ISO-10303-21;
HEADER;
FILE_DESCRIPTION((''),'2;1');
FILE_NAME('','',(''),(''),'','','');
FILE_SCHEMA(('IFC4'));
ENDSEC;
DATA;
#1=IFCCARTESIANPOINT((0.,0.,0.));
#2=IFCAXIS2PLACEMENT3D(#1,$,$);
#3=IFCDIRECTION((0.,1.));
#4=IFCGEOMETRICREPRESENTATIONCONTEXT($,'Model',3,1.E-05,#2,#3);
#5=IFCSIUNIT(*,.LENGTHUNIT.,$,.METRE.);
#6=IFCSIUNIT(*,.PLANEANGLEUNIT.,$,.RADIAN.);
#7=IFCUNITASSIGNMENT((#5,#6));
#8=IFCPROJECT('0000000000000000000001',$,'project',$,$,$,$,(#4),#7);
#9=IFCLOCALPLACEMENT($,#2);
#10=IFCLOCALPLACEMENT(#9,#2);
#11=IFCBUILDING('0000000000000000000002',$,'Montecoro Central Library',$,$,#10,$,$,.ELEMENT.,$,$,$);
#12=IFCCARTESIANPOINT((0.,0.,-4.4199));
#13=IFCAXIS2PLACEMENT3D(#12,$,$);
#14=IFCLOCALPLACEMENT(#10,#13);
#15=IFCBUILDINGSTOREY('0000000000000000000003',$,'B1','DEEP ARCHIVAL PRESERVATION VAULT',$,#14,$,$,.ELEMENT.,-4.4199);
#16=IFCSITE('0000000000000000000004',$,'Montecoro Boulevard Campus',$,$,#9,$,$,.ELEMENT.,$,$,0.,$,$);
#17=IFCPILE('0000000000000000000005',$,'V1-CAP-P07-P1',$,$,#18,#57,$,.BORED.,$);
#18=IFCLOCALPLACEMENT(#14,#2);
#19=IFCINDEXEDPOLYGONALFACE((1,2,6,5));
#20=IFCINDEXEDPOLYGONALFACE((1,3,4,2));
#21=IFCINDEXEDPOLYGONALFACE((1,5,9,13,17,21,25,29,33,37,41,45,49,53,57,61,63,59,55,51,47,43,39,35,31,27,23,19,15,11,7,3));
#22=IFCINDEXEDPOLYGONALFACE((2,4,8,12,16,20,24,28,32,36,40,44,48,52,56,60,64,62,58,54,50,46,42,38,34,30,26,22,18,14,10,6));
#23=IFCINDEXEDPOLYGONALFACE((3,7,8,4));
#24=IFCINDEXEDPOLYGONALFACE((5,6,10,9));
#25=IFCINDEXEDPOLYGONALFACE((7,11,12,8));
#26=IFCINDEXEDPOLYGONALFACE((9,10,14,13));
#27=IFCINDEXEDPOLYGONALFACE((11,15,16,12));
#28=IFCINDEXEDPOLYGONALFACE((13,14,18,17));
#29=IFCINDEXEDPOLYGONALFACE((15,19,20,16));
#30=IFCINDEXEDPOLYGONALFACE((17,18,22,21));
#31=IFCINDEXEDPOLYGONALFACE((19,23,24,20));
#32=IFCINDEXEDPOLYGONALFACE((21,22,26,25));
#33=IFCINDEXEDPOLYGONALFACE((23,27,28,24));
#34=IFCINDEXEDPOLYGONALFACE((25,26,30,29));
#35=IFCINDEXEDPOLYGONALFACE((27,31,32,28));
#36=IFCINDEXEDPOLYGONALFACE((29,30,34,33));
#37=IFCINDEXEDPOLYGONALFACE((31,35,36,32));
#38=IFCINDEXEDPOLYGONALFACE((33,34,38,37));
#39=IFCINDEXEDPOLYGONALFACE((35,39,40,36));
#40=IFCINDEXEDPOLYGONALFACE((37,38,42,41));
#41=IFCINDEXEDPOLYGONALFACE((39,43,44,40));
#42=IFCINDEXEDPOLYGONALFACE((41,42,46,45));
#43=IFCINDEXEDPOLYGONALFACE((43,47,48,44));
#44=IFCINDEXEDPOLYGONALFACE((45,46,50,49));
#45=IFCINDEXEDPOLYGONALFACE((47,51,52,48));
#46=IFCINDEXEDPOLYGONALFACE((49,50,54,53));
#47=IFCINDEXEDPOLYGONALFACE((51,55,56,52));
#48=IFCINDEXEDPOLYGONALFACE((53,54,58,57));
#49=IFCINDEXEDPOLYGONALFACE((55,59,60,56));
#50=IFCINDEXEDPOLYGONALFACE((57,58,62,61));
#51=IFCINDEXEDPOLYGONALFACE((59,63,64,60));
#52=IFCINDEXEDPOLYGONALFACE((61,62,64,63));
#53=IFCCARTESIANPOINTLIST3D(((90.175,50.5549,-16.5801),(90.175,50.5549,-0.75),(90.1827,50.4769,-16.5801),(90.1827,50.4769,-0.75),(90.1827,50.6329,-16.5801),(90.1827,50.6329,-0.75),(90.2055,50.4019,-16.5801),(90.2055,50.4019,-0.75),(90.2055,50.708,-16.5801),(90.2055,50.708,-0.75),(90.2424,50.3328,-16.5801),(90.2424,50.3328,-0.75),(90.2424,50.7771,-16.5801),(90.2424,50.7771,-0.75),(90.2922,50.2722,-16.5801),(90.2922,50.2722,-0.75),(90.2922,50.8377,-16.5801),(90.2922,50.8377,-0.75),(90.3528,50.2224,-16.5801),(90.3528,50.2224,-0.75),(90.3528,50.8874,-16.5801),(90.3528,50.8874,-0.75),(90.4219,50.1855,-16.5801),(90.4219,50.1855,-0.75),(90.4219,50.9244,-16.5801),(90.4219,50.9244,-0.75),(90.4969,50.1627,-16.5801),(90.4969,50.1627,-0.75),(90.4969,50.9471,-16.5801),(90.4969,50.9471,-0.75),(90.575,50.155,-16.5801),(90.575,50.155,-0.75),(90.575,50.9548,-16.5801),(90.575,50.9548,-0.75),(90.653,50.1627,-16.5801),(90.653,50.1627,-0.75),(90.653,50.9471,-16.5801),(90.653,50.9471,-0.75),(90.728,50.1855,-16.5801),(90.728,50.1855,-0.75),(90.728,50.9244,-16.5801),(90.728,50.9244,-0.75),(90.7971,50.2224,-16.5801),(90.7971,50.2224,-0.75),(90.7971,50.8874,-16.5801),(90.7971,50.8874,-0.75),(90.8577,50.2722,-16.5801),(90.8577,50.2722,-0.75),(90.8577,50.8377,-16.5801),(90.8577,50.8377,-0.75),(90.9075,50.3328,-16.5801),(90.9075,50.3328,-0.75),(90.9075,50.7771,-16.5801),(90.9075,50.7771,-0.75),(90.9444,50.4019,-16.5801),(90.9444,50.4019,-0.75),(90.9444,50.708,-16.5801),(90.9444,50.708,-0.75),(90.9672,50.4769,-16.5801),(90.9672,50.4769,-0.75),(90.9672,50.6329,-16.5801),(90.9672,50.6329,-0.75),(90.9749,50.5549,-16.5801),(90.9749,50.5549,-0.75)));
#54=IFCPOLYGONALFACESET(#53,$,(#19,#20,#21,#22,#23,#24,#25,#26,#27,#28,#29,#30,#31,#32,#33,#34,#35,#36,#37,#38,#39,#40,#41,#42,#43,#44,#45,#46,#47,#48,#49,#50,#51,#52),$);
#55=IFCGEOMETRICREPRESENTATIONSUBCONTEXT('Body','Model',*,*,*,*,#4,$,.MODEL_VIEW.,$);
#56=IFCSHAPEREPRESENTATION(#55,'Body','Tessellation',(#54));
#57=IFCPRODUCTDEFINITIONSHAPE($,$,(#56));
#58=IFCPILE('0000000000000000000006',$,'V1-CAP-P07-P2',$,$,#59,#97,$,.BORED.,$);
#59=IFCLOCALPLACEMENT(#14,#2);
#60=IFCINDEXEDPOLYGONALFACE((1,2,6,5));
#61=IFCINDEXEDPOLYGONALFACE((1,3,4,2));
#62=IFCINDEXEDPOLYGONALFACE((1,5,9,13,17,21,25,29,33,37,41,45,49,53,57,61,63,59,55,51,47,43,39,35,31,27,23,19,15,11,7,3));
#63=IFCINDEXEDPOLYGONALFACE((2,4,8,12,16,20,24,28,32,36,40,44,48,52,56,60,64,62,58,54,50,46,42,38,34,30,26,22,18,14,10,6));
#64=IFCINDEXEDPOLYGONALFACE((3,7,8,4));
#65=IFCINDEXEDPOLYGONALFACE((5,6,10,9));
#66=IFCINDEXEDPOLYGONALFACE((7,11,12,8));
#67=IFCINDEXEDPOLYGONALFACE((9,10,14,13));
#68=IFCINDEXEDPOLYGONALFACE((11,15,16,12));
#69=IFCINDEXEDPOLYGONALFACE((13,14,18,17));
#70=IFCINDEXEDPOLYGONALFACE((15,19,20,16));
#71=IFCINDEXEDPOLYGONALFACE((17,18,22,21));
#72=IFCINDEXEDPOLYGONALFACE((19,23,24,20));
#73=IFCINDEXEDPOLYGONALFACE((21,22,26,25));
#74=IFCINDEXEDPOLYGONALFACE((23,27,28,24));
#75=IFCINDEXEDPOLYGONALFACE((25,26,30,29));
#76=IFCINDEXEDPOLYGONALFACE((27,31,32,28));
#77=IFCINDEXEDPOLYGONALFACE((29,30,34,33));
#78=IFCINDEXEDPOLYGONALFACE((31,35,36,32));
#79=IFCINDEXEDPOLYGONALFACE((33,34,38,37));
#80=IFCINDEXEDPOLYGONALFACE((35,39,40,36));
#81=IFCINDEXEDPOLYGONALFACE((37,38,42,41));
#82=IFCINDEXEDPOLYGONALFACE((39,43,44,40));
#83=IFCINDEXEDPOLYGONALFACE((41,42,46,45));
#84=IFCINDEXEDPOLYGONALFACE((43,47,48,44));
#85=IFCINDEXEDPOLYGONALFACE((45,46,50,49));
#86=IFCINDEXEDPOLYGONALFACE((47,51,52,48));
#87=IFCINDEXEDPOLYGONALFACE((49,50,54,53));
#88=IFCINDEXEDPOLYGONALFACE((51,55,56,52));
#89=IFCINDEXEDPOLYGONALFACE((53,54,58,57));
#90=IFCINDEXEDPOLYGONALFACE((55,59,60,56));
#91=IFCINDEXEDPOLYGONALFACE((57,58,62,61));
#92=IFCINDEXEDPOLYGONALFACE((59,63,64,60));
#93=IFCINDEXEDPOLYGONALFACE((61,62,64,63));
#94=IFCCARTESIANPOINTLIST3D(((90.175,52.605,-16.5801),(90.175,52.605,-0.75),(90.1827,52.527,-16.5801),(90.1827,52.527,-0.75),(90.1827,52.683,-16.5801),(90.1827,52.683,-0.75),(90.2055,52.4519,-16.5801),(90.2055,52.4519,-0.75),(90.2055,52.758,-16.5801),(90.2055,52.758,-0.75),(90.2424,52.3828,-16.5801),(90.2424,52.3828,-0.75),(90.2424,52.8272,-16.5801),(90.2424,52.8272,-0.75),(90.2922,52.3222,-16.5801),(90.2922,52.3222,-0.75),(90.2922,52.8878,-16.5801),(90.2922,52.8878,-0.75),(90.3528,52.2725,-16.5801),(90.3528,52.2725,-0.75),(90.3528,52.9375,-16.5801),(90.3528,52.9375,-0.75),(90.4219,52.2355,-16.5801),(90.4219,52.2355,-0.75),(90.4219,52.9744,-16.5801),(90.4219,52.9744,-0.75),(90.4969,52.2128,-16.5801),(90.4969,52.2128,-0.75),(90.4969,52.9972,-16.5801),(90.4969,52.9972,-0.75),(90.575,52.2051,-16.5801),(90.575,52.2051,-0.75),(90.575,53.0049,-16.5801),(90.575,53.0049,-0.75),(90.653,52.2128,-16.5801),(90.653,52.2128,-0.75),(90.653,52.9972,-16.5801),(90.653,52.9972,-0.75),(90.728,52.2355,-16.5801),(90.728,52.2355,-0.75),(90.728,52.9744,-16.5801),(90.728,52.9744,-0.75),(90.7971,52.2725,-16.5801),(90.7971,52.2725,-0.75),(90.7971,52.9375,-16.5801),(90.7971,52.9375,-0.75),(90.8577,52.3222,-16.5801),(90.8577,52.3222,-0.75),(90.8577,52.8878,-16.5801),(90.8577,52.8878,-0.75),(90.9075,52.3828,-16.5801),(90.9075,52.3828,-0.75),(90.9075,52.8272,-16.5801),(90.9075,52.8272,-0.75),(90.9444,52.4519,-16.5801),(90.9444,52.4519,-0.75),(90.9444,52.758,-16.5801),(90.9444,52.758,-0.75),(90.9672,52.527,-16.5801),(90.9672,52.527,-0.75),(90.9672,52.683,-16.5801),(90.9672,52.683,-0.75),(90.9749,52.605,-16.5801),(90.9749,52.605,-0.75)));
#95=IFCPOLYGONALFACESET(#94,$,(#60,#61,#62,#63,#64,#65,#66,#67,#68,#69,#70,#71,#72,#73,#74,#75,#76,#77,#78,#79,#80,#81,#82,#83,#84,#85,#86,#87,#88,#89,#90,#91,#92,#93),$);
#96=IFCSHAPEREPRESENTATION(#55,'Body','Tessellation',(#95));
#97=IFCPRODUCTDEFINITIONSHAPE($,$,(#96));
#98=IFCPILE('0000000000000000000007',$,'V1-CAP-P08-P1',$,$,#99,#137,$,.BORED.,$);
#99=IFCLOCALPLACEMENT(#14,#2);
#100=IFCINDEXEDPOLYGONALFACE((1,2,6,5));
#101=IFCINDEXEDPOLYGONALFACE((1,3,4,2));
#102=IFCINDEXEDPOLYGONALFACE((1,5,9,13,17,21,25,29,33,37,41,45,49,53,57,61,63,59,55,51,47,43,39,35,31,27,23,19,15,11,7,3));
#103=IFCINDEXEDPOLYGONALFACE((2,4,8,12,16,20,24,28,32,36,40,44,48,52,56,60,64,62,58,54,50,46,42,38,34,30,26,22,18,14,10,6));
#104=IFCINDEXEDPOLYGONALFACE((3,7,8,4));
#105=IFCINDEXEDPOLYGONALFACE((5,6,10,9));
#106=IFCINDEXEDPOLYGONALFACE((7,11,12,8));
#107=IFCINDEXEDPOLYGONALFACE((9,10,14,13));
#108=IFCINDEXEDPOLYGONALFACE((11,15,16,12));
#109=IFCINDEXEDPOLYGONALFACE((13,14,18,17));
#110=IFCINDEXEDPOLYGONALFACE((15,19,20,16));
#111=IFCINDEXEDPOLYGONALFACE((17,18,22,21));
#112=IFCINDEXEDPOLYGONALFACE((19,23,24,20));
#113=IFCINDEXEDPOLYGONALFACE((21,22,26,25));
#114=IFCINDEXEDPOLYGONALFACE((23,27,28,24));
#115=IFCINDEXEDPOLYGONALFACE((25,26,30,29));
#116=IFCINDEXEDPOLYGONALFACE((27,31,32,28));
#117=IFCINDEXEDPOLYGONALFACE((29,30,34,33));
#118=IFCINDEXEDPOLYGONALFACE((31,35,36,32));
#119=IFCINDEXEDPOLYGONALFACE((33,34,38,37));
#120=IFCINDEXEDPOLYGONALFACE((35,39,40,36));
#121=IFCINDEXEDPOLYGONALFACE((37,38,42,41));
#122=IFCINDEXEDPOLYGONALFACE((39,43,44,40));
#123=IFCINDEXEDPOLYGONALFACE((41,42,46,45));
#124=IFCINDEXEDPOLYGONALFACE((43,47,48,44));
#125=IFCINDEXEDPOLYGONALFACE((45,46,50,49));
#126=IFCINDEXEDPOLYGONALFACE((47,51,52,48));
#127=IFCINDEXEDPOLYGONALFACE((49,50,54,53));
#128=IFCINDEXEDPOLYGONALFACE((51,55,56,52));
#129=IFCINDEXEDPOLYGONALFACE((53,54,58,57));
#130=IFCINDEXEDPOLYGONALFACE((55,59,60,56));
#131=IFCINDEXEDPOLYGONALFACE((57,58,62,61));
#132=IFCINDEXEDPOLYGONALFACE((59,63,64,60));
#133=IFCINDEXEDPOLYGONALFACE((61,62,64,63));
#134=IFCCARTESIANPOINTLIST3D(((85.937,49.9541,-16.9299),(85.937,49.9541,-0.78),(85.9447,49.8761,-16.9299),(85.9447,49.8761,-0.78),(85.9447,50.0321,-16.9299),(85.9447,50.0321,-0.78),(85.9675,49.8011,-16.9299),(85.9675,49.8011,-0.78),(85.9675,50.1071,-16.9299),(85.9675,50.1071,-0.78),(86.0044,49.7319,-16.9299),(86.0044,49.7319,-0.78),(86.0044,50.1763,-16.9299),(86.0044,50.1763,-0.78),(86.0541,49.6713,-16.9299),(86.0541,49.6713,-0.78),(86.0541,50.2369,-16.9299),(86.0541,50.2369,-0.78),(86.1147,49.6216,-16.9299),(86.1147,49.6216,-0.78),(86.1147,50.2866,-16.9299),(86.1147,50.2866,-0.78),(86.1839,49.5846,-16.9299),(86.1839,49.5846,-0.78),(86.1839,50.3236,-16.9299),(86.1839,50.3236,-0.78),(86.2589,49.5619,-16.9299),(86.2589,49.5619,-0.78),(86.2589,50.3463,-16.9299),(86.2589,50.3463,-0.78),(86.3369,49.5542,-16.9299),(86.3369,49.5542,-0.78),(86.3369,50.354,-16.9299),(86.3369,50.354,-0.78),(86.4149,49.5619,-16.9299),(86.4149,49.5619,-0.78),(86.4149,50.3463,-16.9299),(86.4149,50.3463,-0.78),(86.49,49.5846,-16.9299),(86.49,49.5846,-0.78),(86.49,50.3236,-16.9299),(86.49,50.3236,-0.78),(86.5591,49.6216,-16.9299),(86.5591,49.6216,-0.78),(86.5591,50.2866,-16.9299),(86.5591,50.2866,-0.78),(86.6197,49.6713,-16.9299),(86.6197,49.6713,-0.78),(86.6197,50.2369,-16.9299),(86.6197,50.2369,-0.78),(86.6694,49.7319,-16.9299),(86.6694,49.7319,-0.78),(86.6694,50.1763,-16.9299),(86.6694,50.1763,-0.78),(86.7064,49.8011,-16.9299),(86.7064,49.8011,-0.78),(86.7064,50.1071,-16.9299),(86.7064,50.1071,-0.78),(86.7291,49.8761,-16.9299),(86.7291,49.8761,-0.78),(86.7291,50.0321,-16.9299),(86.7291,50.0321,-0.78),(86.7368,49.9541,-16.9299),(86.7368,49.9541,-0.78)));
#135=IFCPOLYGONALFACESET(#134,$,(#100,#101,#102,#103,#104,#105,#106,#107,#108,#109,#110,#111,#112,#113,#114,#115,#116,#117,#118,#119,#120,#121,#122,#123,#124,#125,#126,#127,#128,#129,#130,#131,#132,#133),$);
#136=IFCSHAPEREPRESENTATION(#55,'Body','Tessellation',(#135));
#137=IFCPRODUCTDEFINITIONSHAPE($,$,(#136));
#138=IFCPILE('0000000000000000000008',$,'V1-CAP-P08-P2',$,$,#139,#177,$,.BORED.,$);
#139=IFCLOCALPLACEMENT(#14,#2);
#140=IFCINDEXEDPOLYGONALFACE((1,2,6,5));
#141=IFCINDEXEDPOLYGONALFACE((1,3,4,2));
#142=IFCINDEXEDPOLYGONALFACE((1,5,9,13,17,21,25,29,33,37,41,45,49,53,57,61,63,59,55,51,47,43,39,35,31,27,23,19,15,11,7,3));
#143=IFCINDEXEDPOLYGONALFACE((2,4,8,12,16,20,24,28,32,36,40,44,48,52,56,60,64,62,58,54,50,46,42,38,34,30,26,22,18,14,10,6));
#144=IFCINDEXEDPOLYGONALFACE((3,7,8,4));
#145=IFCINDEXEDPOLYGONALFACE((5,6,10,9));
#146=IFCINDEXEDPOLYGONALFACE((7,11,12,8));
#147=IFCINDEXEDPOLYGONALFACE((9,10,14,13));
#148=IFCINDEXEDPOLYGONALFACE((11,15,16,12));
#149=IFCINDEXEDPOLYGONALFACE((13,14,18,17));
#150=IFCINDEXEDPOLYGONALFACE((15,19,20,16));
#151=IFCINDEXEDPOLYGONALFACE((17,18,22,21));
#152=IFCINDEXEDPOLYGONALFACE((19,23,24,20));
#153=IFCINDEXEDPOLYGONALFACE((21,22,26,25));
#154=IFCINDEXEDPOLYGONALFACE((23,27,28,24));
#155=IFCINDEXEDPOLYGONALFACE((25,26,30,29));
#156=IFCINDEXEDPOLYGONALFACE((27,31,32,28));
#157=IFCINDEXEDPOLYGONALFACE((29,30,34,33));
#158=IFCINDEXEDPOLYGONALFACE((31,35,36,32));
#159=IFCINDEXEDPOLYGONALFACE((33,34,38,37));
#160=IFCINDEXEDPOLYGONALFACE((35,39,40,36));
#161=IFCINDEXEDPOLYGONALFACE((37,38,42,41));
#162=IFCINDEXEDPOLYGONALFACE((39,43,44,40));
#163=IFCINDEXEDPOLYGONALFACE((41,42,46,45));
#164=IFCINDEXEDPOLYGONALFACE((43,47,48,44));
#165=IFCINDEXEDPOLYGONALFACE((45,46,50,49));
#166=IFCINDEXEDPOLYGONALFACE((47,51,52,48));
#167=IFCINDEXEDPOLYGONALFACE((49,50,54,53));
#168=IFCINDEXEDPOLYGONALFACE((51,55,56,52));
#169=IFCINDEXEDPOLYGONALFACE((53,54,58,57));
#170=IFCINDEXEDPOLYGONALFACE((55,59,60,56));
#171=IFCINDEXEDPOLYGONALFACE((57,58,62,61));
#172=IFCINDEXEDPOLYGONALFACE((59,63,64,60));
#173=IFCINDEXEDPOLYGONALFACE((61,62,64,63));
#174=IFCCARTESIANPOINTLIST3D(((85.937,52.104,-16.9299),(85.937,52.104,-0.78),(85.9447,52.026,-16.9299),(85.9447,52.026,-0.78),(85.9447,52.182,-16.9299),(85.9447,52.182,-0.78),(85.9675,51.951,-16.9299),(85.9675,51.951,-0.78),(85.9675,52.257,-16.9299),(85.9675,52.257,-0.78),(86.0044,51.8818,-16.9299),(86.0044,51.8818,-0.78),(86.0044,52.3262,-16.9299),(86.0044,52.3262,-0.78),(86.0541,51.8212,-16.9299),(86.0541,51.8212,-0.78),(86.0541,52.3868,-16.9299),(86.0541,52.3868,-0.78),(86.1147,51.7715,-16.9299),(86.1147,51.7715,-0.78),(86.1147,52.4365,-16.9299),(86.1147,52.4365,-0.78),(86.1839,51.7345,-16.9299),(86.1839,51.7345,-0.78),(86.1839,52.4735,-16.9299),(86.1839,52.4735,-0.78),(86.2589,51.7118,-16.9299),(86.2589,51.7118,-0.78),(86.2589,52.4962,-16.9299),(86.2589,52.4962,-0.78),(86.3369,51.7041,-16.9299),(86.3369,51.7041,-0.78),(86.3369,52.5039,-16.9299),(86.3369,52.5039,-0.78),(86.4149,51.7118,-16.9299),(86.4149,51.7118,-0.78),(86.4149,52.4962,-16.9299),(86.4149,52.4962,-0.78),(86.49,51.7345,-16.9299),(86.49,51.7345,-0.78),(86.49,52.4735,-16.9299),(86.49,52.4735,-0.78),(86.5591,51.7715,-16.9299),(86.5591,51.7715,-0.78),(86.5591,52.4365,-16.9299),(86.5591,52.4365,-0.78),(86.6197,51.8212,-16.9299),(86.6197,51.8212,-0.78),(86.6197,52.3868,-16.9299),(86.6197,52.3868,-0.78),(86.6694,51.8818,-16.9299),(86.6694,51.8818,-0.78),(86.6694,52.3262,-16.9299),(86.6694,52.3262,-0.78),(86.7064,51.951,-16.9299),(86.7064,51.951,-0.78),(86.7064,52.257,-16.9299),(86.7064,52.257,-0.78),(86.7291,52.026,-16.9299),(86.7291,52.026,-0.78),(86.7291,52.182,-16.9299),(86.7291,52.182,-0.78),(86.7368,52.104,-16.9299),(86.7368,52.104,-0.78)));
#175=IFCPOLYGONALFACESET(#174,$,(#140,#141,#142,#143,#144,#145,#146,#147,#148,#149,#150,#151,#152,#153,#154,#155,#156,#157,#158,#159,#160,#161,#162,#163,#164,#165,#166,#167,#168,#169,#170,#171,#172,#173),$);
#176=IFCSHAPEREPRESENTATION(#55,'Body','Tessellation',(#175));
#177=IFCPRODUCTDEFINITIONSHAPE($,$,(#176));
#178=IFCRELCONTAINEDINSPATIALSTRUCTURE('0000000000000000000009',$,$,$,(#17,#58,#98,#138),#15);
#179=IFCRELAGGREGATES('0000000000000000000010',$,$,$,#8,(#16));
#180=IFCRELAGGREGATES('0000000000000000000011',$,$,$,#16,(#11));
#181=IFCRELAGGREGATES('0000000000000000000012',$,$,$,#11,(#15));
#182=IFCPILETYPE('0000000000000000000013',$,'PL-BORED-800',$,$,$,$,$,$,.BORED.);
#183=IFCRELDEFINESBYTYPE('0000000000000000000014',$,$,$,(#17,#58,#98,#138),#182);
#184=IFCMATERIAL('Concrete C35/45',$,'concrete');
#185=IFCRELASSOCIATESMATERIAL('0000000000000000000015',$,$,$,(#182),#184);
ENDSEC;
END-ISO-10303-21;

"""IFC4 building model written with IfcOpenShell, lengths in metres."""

from ifc_helpers import new_model, si_unit, direction, frame, origin, origin_2d, place, context, subcontext, project, spatial, circle, extrude, material, material_profile, profile_set, type_object, element, save


model = new_model("IFC4")

# Units and contexts
model_context = context("Model", 3, precision=1e-05, world=origin(), true_north=direction((0.0, 1.0)))
body_context = subcontext(model_context, "Body", "Model", "MODEL_VIEW")
ifc_project = project(units=[si_unit("LENGTHUNIT", "METRE"), si_unit("PLANEANGLEUNIT", "RADIAN")], contexts=[model_context])

# Site, building, storey
site_placement = place(None, origin())
site = spatial("IfcSite", under=ifc_project, at=site_placement, Name="Montecoro Boulevard Campus", CompositionType="ELEMENT", RefElevation=0.0)
building_placement = place(site_placement, origin())
building = spatial("IfcBuilding", under=site, at=building_placement, Name="Montecoro Central Library", CompositionType="ELEMENT")
storey_placement = place(building_placement, frame((0.0, 0.0, -4.4199)))
storey = spatial("IfcBuildingStorey", under=building, at=storey_placement, Name="B1", Description="DEEP ARCHIVAL PRESERVATION VAULT", CompositionType="ELEMENT", Elevation=-4.4199)

# Shared definitions
ifc_material_1 = material(Name="Concrete C35/45", Category="concrete")

# Piles
ifc_material_profile_1 = material_profile(ifc_material_1, circle(Radius=0.3999, at=origin_2d()), Name="PILE D800")
ifc_profile_set_1 = profile_set([ifc_material_profile_1], Name="Concrete C35/45")
pile_type_1 = type_object("IfcPileType", Name="PL-BORED-800", PredefinedType="BORED", material=ifc_profile_set_1)
for number, where, z_axis, x_axis, name in (
    (1, (90.575, 50.5549, -0.75), (0.0, 0.0, -1.0), (1.0, 0.0, 0.0), "V1-CAP-P07-P1"),
    (2, (90.575, 52.605, -0.75), (0.0, 0.0, -1.0), (1.0, 0.0, 0.0), "V1-CAP-P07-P2"),
):
    element("IfcPile", number, at=place(storey_placement, frame(where, z_axis=z_axis, x_axis=x_axis)), inside=storey, type_object=pile_type_1, Name=name, PredefinedType="BORED", context=body_context, shape_type="SweptSolid", body=[
        extrude(circle(Radius=0.3999, at=origin_2d()), origin(), (0.0, 0.0, 1.0), 15.8301),
    ])
for number, where, z_axis, x_axis, name in (
    (3, (86.3369, 49.9541, -0.78), (0.0, 0.0, -1.0), (1.0, 0.0, 0.0), "V1-CAP-P08-P1"),
    (4, (86.3369, 52.104, -0.78), (0.0, 0.0, -1.0), (1.0, 0.0, 0.0), "V1-CAP-P08-P2"),
):
    element("IfcPile", number, at=place(storey_placement, frame(where, z_axis=z_axis, x_axis=x_axis)), inside=storey, type_object=pile_type_1, Name=name, PredefinedType="BORED", context=body_context, shape_type="SweptSolid", body=[
        extrude(circle(Radius=0.3999, at=origin_2d()), origin(), (0.0, 0.0, 1.0), 16.1499),
    ])

save(model, "model.ifc")
